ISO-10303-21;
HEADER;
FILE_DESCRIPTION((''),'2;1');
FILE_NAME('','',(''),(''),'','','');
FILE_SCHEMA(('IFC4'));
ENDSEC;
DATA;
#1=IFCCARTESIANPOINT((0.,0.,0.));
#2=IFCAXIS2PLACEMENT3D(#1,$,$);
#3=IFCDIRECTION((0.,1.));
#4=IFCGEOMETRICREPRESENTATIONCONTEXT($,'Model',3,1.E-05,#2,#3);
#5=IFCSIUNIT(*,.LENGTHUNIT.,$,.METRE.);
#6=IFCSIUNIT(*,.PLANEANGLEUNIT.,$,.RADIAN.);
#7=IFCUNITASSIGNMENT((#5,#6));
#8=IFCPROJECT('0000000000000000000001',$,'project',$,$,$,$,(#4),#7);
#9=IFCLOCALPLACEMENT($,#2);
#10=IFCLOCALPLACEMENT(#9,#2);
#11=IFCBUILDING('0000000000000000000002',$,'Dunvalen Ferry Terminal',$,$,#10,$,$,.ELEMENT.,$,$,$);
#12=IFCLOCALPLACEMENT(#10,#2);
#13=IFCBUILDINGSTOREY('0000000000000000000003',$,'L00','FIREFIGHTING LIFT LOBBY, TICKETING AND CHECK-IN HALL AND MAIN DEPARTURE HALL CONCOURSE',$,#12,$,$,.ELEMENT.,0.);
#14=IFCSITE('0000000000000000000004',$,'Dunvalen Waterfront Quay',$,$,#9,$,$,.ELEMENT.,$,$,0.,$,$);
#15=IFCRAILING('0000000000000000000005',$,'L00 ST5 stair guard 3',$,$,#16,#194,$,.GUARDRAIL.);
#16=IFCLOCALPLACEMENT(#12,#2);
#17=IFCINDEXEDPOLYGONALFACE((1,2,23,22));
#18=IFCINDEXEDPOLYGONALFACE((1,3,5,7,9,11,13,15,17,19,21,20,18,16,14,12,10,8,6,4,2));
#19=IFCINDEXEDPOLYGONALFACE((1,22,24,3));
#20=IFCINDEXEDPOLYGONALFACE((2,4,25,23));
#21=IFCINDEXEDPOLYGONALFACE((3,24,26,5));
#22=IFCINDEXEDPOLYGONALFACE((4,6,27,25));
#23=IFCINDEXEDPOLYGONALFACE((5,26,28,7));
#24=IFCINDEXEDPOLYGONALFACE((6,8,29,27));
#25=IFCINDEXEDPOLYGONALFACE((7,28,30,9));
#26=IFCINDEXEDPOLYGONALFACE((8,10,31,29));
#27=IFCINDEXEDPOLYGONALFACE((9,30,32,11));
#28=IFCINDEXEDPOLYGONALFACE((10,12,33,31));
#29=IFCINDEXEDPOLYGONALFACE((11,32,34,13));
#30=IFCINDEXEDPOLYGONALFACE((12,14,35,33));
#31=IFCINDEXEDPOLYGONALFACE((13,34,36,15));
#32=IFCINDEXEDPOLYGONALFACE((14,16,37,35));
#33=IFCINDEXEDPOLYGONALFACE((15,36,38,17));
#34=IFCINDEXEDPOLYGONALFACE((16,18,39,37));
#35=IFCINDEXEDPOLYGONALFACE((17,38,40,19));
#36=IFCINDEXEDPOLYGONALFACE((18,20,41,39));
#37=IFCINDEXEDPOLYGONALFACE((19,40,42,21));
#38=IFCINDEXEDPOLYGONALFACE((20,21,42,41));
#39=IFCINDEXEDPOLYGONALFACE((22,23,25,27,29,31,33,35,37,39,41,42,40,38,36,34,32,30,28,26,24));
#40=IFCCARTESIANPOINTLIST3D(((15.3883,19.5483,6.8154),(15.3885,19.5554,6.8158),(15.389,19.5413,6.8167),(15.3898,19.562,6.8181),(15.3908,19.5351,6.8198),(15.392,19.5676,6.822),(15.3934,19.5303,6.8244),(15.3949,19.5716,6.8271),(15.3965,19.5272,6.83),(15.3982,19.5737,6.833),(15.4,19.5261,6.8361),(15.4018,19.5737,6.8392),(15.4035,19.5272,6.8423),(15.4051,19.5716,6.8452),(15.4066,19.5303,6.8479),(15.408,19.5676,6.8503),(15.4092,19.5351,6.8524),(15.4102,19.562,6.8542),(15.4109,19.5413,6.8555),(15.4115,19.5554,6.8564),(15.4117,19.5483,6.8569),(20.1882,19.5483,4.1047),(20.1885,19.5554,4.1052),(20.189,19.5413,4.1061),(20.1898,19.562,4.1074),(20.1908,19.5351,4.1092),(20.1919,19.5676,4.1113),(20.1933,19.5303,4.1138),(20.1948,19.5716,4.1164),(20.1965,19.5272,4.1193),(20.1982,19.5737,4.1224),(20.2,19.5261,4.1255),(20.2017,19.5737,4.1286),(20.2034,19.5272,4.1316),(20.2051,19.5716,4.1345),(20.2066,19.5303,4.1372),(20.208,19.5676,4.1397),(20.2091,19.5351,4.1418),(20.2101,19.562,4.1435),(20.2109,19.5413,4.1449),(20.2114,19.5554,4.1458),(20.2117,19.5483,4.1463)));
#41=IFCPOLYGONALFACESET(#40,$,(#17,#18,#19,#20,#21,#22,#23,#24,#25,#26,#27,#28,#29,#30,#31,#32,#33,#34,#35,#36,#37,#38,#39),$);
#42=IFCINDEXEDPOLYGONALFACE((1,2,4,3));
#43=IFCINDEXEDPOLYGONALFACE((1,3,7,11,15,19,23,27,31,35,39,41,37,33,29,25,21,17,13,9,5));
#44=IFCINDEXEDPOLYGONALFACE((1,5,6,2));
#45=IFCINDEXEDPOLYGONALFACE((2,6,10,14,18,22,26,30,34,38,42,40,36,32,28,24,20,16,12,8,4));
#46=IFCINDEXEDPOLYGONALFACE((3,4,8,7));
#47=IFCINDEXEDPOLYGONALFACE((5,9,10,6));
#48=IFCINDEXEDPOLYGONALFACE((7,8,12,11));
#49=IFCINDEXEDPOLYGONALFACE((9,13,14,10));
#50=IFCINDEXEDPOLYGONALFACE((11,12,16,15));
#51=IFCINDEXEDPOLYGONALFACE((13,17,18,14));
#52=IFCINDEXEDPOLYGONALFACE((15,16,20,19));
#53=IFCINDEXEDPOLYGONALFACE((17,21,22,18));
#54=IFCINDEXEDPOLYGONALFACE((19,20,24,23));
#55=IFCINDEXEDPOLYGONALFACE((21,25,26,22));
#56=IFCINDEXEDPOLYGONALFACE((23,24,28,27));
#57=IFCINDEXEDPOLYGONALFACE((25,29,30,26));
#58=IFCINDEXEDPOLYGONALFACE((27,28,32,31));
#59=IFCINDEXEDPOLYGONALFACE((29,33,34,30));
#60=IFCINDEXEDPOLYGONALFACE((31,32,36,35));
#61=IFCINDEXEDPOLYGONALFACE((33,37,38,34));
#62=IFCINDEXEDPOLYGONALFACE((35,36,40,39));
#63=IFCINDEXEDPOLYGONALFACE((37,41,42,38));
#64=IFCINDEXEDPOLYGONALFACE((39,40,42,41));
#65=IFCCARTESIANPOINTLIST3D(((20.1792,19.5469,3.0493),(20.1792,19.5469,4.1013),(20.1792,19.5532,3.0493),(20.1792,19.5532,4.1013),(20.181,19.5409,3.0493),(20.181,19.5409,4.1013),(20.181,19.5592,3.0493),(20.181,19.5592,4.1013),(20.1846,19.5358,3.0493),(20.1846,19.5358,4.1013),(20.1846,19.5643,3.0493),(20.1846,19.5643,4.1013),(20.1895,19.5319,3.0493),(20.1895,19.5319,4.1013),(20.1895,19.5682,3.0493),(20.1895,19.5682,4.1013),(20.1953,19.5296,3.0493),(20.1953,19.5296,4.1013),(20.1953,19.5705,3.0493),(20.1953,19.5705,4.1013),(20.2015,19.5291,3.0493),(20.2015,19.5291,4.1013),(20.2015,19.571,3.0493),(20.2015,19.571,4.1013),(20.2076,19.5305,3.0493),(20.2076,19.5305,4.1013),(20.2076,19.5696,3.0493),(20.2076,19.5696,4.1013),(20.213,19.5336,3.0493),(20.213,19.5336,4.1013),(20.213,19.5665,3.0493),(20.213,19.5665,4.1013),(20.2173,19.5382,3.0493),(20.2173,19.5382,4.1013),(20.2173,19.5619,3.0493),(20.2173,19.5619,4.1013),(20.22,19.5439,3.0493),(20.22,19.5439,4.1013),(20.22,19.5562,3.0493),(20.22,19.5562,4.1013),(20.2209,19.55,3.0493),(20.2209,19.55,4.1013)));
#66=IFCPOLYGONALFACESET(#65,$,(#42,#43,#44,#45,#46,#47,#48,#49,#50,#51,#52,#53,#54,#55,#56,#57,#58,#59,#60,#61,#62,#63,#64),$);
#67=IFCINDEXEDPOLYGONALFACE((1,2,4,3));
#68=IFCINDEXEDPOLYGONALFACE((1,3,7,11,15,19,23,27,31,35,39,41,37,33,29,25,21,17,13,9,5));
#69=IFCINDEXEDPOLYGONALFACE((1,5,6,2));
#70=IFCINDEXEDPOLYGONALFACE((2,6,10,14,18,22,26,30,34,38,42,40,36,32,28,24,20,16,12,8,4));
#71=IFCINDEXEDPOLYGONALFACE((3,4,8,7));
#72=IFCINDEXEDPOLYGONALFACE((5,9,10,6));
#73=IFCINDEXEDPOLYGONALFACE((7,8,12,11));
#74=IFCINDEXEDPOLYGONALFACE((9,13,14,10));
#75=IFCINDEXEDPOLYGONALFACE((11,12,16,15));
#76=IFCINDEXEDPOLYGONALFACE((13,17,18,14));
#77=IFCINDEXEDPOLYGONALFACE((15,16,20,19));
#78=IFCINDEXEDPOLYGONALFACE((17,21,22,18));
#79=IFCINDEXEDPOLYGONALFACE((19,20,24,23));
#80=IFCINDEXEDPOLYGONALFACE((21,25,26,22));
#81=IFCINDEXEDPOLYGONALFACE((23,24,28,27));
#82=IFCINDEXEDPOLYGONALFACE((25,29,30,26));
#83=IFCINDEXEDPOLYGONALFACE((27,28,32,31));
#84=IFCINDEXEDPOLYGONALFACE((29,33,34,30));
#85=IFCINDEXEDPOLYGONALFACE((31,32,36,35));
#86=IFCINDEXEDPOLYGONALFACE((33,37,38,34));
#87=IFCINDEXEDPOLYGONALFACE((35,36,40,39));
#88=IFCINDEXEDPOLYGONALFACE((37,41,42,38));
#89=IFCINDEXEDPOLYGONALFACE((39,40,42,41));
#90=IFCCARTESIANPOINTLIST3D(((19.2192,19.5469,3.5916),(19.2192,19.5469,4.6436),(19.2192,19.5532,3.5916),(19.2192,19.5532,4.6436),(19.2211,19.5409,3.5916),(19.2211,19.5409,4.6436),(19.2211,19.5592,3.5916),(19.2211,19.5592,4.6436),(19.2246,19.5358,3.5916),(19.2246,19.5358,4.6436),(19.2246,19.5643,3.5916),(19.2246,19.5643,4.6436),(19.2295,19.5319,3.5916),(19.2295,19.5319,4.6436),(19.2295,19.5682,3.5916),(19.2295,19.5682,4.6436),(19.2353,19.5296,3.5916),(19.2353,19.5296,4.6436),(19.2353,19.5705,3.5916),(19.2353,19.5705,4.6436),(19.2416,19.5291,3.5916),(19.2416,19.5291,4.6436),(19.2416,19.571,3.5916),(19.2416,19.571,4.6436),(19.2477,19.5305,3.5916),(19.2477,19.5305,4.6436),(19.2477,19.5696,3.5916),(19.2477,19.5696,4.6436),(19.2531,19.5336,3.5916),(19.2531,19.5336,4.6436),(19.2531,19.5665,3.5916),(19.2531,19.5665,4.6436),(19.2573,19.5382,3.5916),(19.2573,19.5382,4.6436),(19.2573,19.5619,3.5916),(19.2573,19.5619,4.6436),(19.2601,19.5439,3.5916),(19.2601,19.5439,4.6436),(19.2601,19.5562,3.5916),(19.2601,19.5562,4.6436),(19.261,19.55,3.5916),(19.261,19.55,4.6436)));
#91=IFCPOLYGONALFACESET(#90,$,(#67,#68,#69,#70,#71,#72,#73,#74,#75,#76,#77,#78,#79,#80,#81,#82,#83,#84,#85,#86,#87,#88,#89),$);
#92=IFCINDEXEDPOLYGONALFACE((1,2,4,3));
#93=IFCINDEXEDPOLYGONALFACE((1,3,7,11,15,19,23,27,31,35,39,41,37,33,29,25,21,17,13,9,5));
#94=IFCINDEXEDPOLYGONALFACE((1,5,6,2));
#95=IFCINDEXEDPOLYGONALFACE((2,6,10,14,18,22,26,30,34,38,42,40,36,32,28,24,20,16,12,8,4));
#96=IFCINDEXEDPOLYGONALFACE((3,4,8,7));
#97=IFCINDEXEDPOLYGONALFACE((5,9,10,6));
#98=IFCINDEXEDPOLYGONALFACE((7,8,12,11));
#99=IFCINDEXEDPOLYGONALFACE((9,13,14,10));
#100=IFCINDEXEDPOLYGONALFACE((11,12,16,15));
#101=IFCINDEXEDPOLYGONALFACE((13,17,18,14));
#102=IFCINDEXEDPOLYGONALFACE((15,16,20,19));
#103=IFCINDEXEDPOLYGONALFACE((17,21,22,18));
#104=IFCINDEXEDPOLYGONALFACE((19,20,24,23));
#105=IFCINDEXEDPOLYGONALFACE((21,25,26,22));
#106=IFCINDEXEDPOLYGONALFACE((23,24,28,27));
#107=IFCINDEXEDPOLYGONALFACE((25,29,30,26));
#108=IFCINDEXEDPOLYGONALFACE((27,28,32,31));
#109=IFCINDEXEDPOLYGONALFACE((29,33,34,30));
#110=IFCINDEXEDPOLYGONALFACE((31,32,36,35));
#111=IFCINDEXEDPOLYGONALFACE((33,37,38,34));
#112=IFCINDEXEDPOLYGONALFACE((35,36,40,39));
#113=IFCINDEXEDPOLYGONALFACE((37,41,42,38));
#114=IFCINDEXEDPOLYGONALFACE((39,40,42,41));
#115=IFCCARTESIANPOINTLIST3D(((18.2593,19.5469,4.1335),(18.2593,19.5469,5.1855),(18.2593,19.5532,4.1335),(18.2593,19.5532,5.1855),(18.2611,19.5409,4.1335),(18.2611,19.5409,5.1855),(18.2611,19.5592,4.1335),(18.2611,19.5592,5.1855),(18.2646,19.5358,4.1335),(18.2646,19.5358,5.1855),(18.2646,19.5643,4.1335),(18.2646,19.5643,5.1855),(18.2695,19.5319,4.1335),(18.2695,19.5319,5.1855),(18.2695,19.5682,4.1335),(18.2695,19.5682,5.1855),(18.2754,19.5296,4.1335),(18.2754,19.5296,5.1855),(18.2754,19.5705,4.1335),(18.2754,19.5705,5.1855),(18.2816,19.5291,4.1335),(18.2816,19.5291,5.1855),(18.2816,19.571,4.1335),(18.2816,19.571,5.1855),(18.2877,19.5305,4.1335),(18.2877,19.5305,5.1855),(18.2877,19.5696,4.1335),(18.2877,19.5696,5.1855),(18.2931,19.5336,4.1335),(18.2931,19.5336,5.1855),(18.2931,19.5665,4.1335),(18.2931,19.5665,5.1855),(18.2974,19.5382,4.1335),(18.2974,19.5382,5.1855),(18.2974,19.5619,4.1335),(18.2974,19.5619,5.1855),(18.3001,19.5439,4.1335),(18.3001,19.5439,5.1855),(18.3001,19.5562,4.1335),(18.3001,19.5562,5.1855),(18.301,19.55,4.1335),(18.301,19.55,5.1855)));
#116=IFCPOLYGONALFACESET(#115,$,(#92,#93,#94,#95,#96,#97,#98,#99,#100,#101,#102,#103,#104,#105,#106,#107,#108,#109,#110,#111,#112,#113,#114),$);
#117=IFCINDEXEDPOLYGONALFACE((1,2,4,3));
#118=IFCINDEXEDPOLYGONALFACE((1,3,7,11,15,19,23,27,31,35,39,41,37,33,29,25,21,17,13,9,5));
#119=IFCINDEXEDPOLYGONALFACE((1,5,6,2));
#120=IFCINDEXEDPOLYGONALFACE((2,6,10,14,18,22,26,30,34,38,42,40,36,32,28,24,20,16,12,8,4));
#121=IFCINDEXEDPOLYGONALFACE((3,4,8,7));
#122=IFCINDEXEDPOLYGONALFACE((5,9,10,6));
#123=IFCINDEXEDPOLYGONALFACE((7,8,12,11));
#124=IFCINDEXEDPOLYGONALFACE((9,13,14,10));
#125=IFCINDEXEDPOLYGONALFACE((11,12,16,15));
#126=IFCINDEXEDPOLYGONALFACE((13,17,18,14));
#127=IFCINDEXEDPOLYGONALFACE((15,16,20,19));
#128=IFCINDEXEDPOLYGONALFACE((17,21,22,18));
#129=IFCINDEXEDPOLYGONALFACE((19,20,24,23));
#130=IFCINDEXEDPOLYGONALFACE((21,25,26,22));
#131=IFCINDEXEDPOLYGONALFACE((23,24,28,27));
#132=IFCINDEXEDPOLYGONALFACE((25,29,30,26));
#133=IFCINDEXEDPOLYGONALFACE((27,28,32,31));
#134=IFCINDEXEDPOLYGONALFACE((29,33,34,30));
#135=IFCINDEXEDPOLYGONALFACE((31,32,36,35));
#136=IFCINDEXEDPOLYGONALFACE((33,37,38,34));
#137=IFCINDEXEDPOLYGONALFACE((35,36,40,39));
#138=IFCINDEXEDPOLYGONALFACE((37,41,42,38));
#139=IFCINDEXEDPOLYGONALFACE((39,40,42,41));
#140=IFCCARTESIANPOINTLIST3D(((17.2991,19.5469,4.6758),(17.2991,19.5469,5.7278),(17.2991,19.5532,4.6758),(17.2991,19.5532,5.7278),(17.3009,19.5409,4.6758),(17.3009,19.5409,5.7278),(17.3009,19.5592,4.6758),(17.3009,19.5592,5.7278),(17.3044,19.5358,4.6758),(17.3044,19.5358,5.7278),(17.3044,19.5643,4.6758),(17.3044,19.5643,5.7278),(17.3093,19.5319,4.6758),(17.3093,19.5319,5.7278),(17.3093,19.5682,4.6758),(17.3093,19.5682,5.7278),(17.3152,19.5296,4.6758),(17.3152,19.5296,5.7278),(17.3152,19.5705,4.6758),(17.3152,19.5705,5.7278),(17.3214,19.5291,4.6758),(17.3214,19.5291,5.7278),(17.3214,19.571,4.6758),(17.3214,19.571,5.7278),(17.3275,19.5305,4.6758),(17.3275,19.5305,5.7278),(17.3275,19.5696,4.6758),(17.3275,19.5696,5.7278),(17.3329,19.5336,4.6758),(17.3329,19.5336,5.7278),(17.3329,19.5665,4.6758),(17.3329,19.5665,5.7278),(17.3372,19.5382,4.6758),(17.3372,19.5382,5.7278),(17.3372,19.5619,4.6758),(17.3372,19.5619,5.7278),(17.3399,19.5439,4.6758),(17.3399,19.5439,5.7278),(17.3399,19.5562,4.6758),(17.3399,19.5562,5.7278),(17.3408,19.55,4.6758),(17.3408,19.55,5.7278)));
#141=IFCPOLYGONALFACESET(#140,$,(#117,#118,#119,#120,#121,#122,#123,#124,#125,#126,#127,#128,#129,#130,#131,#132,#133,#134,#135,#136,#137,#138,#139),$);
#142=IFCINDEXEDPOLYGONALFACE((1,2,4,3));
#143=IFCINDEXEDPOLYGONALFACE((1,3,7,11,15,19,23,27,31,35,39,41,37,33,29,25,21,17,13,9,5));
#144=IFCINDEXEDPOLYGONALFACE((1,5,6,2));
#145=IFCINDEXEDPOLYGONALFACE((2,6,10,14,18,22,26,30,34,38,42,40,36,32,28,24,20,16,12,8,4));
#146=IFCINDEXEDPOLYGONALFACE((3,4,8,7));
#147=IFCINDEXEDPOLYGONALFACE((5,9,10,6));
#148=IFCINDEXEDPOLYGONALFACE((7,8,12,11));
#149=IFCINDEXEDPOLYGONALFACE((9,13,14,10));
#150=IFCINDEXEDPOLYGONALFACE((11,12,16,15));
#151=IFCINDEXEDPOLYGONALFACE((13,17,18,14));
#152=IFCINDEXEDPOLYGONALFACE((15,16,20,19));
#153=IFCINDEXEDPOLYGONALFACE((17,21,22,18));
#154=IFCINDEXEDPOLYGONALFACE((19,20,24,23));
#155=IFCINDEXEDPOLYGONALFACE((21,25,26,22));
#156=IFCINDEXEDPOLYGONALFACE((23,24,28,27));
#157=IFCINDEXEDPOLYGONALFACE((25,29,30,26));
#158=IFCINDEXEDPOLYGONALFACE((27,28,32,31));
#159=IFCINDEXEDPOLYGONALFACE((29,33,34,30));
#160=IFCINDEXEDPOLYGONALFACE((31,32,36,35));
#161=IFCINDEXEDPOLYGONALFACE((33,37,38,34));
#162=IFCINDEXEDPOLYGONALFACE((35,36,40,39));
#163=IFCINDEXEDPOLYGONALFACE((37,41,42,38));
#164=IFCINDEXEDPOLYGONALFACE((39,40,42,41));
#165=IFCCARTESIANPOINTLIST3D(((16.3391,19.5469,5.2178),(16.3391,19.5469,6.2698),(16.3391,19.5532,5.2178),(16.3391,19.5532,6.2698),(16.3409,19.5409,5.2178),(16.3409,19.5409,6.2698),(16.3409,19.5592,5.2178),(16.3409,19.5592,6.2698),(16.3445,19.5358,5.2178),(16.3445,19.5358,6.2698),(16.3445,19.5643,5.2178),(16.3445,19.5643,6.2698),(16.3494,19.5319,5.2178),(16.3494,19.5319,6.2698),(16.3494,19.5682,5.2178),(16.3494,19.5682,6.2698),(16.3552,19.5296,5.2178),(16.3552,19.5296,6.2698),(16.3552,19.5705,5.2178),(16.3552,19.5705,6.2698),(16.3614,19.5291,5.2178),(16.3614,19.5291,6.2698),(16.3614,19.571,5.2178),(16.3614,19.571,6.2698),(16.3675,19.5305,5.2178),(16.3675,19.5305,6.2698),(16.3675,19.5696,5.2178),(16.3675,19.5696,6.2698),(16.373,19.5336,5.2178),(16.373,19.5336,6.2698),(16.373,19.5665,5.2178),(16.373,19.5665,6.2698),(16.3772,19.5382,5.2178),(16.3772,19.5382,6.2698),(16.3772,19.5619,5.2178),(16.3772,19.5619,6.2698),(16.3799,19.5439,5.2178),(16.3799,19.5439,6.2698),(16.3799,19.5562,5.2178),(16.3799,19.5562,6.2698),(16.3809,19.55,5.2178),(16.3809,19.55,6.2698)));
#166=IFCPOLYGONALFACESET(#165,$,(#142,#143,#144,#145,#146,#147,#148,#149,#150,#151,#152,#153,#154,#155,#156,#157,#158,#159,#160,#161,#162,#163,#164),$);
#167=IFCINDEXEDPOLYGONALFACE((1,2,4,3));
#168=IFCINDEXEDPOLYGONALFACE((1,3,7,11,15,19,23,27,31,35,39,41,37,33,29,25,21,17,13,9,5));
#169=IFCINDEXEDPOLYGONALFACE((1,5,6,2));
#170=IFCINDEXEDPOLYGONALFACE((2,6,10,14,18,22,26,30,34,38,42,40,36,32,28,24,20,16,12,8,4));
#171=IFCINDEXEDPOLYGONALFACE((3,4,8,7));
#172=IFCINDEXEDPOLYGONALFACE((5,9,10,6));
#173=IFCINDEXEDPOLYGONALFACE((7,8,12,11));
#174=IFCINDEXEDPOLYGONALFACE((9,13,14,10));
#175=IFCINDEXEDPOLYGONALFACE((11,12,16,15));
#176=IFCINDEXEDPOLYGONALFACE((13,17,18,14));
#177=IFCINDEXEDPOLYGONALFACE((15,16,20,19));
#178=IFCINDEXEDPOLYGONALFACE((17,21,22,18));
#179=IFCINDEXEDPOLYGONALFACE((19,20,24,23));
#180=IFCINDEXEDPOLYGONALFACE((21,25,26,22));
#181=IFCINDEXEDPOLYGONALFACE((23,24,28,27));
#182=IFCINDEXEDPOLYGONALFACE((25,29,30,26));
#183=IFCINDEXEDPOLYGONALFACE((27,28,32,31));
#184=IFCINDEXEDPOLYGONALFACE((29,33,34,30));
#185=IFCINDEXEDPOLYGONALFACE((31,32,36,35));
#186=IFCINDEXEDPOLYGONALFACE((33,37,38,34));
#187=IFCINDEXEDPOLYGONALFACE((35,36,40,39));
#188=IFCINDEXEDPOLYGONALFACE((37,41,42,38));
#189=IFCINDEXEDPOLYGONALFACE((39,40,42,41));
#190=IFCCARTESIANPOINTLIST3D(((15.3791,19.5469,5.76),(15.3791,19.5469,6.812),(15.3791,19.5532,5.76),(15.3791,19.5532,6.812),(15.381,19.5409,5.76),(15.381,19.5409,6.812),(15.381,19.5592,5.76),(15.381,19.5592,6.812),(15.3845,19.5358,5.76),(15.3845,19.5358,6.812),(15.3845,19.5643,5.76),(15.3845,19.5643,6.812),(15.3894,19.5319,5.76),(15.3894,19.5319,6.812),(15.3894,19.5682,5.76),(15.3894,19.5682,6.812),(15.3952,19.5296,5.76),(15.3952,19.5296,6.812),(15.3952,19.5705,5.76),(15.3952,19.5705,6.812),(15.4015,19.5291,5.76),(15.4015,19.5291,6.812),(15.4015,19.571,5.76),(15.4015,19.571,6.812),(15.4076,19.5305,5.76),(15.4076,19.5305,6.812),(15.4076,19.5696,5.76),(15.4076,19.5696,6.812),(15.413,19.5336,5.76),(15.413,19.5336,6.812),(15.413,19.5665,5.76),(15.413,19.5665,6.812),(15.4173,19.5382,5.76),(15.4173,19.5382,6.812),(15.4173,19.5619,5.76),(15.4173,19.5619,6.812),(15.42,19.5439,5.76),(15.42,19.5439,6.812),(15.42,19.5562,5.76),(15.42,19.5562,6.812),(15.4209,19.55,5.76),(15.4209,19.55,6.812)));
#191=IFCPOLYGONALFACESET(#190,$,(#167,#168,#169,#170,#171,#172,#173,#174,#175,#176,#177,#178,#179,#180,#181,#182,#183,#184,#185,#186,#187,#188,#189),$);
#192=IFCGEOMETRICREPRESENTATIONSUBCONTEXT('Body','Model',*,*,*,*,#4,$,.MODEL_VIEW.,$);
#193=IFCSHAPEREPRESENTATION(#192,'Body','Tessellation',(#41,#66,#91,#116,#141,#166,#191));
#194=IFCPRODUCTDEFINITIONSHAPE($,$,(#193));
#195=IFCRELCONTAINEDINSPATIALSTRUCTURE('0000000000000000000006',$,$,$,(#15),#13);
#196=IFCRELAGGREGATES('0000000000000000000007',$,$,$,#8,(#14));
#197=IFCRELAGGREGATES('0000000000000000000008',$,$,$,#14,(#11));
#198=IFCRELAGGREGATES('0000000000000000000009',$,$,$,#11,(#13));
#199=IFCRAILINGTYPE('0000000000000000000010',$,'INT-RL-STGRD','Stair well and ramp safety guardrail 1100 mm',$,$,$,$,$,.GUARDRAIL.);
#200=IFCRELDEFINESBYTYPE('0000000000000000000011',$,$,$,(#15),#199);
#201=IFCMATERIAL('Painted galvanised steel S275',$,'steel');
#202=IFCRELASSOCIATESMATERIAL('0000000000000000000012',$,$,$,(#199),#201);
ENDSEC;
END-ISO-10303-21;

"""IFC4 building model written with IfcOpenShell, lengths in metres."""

from ifc_helpers import new_model, si_unit, direction, frame, origin, origin_2d, place, context, subcontext, project, spatial, circle, extrude, material, type_object, element, save


model = new_model("IFC4")

# Units and contexts
model_context = context("Model", 3, precision=1e-05, world=origin(), true_north=direction((0.0, 1.0)))
body_context = subcontext(model_context, "Body", "Model", "MODEL_VIEW")
ifc_project = project(units=[si_unit("LENGTHUNIT", "METRE"), si_unit("PLANEANGLEUNIT", "RADIAN")], contexts=[model_context])

# Site, building, storey
site_placement = place(None, origin())
site = spatial("IfcSite", under=ifc_project, at=site_placement, Name="Dunvalen Waterfront Quay", CompositionType="ELEMENT", RefElevation=0.0)
building_placement = place(site_placement, origin())
building = spatial("IfcBuilding", under=site, at=building_placement, Name="Dunvalen Ferry Terminal", CompositionType="ELEMENT")
storey_placement = place(building_placement, origin())
storey = spatial("IfcBuildingStorey", under=building, at=storey_placement, Name="L00", Description="FIREFIGHTING LIFT LOBBY, TICKETING AND CHECK-IN HALL AND MAIN DEPARTURE HALL CONCOURSE", CompositionType="ELEMENT", Elevation=0.0)

# Railing
ifc_material_1 = material(Name="Painted galvanised steel S275", Category="steel")
railing_type_1 = type_object("IfcRailingType", Name="INT-RL-STGRD", Description="Stair well and ramp safety guardrail 1100 mm", PredefinedType="GUARDRAIL", material=ifc_material_1)
railing_1_placement = place(storey_placement, frame((20.2, 19.55, 3.0493)))
element("IfcRailing", 1, at=railing_1_placement, inside=storey, type_object=railing_type_1, Name="L00 ST5 stair guard 3", PredefinedType="GUARDRAIL", context=body_context, shape_type="SweptSolid", body=[
    extrude(circle(Radius=0.0239, at=origin_2d()), frame((0.0, 0.0, 1.0762), z_axis=(-0.870748, 0.0, 0.49173), x_axis=(0.0, -1.0, 0.0)), (0.0, 0.0, 1.0), 5.5125),
    extrude(circle(Radius=0.021, at=origin_2d()), origin(), (0.0, 0.0, 1.0), 1.052),
    extrude(circle(Radius=0.021, at=origin_2d()), frame((-0.96, 0.0, 0.5422)), (0.0, 0.0, 1.0), 1.052),
    extrude(circle(Radius=0.021, at=origin_2d()), frame((-1.9199, 0.0, 1.0842)), (0.0, 0.0, 1.0), 1.052),
    extrude(circle(Radius=0.021, at=origin_2d()), frame((-2.8801, 0.0, 1.6265)), (0.0, 0.0, 1.0), 1.052),
    extrude(circle(Radius=0.021, at=origin_2d()), frame((-3.8401, 0.0, 2.1685)), (0.0, 0.0, 1.0), 1.052),
    extrude(circle(Radius=0.021, at=origin_2d()), frame((-4.8, 0.0, 2.7107)), (0.0, 0.0, 1.0), 1.052),
])

save(model, "model.ifc")
